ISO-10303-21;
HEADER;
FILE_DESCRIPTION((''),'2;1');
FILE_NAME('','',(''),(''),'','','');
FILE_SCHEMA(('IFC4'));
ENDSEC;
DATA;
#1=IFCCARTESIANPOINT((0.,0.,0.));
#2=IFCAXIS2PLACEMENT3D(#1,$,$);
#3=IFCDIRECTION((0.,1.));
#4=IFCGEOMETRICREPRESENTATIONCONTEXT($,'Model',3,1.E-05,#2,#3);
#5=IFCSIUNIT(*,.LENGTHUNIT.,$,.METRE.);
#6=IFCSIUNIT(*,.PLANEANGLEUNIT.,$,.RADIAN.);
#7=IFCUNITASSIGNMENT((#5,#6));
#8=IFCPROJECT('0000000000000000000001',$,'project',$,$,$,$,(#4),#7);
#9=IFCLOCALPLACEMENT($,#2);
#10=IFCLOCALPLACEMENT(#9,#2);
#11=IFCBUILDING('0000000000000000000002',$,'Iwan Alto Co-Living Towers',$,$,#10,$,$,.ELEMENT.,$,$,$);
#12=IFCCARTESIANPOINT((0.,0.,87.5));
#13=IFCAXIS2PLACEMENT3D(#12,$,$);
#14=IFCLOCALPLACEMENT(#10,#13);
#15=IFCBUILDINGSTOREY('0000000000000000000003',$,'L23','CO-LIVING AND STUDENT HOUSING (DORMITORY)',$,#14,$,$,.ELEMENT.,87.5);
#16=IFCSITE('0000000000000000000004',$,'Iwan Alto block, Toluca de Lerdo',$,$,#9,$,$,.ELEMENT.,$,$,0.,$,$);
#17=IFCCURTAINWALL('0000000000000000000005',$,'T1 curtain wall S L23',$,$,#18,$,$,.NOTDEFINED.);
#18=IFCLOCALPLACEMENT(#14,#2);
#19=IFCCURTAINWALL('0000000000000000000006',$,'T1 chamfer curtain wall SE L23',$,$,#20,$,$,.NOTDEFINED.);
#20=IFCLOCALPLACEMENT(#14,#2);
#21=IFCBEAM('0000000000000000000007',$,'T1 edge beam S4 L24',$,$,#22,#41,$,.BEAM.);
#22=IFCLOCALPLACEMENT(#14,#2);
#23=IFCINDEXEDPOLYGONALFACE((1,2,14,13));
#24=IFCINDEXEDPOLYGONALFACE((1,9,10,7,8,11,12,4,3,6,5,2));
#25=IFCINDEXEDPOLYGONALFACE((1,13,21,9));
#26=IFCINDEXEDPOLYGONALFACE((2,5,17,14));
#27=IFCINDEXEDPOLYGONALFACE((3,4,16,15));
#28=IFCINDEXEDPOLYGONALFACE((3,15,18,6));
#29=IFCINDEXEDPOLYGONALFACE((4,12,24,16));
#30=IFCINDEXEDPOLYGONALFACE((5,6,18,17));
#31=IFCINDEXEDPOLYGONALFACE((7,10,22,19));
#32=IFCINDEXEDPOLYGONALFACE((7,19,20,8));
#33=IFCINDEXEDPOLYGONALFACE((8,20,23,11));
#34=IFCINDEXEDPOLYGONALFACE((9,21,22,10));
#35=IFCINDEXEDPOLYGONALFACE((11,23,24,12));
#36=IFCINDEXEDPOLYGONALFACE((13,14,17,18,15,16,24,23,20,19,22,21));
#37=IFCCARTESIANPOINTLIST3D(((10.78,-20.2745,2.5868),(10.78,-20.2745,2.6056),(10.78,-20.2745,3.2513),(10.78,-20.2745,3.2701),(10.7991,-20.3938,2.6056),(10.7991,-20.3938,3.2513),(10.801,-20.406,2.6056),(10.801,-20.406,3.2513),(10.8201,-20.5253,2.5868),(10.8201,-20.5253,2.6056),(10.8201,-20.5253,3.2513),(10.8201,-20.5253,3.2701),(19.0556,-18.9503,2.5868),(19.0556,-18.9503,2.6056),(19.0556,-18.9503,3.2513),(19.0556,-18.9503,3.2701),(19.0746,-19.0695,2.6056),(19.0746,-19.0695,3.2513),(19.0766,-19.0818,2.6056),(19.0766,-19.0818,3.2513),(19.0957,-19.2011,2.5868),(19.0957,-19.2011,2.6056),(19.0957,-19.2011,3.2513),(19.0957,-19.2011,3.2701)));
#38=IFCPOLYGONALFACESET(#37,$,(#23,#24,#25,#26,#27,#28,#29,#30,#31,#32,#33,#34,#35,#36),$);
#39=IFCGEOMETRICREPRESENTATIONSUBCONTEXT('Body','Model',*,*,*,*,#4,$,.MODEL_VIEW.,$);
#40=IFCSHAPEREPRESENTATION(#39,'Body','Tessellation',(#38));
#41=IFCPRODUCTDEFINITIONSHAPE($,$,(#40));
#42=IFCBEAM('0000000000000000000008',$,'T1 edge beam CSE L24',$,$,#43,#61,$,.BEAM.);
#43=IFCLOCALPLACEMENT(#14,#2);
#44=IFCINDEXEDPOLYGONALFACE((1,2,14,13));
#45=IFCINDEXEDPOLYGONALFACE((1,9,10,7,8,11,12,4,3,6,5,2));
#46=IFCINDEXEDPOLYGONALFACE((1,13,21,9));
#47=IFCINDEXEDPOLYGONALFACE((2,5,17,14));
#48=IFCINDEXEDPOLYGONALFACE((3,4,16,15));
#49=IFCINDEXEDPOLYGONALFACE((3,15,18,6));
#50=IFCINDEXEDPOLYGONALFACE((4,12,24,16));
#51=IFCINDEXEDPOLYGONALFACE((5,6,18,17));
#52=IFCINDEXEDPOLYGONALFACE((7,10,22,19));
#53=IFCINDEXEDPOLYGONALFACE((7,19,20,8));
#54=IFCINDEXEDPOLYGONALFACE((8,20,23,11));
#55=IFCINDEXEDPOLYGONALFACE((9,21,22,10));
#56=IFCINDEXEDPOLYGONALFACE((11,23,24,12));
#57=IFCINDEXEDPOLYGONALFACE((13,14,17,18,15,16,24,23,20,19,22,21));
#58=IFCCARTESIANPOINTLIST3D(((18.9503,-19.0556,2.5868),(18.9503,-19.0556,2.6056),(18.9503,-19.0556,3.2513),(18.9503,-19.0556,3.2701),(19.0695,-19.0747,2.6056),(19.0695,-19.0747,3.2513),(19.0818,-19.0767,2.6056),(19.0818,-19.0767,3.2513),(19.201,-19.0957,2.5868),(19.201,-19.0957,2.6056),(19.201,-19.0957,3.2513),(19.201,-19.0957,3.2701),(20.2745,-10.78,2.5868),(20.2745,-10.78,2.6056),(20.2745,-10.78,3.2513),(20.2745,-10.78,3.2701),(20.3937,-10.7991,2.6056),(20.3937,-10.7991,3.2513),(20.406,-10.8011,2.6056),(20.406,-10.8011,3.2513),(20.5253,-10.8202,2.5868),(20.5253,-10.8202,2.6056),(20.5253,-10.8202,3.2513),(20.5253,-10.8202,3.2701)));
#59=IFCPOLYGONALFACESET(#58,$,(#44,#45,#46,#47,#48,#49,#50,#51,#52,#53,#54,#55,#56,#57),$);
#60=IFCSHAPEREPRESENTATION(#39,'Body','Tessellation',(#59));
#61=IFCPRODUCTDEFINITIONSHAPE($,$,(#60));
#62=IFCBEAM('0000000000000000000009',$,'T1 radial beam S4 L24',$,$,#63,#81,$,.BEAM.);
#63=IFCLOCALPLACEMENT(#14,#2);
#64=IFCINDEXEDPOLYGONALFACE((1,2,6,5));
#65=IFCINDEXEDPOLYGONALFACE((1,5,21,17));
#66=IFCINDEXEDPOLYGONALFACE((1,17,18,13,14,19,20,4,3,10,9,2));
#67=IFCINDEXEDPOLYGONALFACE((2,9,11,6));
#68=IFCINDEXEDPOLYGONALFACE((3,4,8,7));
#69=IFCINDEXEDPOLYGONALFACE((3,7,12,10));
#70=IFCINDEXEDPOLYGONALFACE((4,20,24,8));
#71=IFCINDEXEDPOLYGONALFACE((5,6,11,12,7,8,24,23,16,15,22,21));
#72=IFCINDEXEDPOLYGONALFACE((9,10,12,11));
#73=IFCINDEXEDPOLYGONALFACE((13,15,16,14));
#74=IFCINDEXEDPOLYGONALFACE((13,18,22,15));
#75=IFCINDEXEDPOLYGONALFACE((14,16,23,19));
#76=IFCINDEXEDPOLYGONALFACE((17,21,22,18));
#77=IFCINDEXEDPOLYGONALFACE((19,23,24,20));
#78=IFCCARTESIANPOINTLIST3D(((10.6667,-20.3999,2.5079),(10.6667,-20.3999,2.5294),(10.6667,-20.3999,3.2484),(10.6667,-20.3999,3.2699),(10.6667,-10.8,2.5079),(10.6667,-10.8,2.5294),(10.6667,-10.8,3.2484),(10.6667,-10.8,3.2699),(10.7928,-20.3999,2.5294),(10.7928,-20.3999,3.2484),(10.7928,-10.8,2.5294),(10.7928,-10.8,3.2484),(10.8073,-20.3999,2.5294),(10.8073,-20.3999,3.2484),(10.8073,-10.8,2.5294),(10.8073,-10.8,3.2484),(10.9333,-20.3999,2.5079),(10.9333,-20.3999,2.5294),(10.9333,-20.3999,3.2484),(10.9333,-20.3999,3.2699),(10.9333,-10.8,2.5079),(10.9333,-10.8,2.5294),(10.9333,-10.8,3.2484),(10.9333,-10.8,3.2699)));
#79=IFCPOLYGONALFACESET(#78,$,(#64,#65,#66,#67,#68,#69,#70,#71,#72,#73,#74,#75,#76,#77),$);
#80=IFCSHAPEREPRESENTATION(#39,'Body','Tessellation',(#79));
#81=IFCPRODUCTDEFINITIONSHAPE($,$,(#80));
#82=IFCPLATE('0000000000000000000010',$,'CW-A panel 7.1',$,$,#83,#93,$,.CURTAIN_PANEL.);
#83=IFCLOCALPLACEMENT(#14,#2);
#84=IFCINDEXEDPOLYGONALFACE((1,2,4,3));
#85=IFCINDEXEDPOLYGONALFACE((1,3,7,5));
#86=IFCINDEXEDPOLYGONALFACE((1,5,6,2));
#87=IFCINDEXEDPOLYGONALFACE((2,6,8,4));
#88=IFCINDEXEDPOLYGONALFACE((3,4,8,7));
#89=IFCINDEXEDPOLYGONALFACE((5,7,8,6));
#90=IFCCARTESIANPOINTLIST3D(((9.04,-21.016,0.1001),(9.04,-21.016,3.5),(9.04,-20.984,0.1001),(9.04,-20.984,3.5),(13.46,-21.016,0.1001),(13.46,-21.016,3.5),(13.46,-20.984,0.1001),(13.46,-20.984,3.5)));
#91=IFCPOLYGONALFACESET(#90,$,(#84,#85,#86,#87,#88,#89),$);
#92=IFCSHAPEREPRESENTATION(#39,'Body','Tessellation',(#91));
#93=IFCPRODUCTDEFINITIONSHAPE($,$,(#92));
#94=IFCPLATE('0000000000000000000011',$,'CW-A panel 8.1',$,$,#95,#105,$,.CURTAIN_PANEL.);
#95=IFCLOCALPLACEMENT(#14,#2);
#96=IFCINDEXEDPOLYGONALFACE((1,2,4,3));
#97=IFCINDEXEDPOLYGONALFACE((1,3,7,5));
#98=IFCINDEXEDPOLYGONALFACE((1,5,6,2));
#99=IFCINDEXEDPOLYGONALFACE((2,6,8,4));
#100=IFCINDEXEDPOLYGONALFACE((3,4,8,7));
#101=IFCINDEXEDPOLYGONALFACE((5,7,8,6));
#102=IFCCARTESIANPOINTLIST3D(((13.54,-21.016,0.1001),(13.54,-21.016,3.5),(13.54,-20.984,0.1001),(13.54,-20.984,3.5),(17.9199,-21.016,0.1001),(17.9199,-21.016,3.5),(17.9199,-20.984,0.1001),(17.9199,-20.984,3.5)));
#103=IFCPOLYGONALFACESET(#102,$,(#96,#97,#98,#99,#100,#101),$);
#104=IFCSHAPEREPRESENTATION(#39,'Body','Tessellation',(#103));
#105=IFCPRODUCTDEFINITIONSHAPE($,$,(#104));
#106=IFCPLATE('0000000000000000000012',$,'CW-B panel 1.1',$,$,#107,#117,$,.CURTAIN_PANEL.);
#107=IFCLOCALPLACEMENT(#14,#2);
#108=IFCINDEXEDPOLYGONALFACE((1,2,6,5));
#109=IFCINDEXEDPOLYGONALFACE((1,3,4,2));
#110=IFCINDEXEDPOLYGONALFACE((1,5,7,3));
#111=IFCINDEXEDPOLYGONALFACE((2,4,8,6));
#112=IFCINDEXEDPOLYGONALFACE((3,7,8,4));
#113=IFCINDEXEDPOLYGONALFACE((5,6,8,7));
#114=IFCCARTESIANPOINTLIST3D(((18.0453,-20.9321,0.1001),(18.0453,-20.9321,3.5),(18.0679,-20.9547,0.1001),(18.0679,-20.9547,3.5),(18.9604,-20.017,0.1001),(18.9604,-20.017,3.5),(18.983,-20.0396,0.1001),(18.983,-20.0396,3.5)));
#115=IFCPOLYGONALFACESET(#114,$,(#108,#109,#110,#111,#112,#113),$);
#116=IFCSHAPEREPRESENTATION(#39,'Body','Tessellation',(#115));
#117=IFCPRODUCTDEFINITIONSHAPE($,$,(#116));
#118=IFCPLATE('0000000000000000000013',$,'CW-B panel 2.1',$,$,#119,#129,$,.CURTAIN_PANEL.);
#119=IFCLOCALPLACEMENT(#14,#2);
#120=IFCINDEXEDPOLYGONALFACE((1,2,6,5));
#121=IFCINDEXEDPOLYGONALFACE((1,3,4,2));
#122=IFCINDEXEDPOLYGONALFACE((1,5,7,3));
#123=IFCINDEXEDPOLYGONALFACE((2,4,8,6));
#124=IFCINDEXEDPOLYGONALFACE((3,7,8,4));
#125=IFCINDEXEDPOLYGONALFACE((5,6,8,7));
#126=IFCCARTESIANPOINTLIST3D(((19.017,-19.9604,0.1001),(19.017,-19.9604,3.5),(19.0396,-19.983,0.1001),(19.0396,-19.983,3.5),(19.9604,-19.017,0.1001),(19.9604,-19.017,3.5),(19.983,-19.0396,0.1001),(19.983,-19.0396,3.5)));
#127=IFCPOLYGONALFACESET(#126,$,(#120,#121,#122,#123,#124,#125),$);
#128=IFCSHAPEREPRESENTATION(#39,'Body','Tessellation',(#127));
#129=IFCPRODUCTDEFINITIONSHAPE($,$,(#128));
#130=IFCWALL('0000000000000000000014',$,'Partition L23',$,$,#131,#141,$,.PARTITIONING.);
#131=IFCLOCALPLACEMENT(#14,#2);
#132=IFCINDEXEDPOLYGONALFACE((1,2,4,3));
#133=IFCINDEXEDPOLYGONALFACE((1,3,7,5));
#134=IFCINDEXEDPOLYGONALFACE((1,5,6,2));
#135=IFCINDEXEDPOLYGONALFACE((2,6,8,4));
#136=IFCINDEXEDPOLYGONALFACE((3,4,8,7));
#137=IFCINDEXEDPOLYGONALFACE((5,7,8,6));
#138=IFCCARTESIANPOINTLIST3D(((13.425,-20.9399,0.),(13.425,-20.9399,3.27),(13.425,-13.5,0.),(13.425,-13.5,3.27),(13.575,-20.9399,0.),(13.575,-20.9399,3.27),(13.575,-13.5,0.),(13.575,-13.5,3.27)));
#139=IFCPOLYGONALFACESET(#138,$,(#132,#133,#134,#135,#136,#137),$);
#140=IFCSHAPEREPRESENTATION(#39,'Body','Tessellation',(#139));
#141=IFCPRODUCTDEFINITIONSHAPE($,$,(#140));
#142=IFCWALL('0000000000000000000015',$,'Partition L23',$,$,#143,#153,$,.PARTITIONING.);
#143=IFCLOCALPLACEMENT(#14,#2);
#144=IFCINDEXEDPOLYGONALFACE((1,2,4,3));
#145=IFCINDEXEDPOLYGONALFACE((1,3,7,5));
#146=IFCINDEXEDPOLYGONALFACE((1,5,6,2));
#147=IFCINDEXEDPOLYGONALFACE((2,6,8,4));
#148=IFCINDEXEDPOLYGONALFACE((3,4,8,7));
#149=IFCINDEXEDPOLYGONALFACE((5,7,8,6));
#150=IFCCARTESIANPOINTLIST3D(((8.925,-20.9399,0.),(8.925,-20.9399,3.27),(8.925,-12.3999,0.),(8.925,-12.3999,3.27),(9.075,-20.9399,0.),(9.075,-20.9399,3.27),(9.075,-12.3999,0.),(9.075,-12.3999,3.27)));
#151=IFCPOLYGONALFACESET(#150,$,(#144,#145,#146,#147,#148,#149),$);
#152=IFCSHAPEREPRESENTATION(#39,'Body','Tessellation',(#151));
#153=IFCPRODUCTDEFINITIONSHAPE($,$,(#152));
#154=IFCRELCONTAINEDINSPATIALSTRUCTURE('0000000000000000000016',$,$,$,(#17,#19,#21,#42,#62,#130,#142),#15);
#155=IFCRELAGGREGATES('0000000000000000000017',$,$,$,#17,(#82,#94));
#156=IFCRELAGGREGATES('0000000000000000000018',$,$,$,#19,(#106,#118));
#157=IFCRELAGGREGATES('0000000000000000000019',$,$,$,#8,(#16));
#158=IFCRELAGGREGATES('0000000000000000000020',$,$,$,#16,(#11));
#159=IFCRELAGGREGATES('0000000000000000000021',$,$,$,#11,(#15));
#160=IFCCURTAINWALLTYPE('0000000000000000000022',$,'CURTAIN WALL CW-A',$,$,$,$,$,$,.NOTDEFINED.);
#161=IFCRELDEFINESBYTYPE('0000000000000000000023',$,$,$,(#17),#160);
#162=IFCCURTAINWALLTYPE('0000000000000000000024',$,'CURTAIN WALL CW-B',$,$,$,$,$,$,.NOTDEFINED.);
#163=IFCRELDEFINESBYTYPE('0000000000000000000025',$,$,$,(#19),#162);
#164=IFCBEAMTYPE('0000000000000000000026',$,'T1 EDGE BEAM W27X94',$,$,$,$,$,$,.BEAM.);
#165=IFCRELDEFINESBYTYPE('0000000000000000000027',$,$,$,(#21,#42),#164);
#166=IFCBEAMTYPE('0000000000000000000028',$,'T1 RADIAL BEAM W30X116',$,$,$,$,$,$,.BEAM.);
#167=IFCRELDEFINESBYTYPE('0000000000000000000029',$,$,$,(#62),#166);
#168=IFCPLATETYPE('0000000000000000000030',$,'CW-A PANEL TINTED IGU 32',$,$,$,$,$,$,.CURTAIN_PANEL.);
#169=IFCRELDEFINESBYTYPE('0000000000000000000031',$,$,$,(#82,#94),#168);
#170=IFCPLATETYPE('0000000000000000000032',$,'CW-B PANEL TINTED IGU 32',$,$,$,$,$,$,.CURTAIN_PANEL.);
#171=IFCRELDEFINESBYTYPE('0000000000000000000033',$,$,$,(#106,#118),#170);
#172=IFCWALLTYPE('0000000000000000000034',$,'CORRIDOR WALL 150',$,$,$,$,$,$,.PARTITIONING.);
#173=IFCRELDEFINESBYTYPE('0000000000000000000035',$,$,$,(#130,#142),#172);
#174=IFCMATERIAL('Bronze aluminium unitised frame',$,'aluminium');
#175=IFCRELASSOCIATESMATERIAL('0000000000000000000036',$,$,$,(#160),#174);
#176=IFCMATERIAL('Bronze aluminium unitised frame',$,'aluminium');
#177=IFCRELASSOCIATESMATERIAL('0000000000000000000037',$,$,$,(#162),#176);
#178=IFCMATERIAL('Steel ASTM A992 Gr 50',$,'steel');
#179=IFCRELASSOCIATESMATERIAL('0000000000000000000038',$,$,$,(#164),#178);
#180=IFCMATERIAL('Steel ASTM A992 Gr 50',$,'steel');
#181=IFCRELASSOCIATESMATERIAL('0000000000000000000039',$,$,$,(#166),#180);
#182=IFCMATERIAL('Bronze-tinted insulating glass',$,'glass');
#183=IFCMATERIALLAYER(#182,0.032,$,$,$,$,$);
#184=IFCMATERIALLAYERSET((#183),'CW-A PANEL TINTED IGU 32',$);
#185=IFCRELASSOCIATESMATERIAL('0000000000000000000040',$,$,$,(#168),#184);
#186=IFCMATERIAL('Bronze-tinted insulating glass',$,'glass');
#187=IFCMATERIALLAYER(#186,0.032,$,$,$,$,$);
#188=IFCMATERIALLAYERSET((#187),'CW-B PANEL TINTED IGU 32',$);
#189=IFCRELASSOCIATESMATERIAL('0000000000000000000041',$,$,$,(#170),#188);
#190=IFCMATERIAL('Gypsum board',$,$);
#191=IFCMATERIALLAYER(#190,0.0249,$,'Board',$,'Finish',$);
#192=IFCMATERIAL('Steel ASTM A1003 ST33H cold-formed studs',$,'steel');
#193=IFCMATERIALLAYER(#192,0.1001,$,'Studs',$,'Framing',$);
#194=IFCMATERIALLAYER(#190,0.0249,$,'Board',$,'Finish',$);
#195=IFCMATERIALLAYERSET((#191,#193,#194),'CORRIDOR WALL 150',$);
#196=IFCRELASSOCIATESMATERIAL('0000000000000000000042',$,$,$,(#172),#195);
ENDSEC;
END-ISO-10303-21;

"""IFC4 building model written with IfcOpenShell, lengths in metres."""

from ifc_helpers import new_model, si_unit, direction, frame, frame_2d, origin, origin_2d, place, context, subcontext, project, spatial, rectangle, i_section, extrude, material, layer, layer_set, material_profile, profile_set, type_object, element, aggregate, save


model = new_model("IFC4")

# Units and contexts
model_context = context("Model", 3, precision=1e-05, world=origin(), true_north=direction((0.0, 1.0)))
body_context = subcontext(model_context, "Body", "Model", "MODEL_VIEW")
ifc_project = project(units=[si_unit("LENGTHUNIT", "METRE"), si_unit("PLANEANGLEUNIT", "RADIAN")], contexts=[model_context])

# Site, building, storey
site_placement = place(None, origin())
site = spatial("IfcSite", under=ifc_project, at=site_placement, Name="Iwan Alto block, Toluca de Lerdo", CompositionType="ELEMENT", RefElevation=0.0)
building_placement = place(site_placement, origin())
building = spatial("IfcBuilding", under=site, at=building_placement, Name="Iwan Alto Co-Living Towers", CompositionType="ELEMENT")
storey_placement = place(building_placement, frame((0.0, 0.0, 87.5)))
storey = spatial("IfcBuildingStorey", under=building, at=storey_placement, Name="L23", Description="CO-LIVING AND STUDENT HOUSING (DORMITORY)", CompositionType="ELEMENT", Elevation=87.5)

# Curtain walls
ifc_material_1 = material(Name="Bronze aluminium unitised frame", Category="aluminium")
curtain_wall_type_1 = type_object("IfcCurtainWallType", Name="CURTAIN WALL CW-A", PredefinedType="NOTDEFINED", material=ifc_material_1)
curtain_wall_1_placement = place(storey_placement, origin())
curtain_wall_1 = element("IfcCurtainWall", 1, at=curtain_wall_1_placement, inside=storey, type_object=curtain_wall_type_1, Name="T1 curtain wall S L23", PredefinedType="NOTDEFINED")
ifc_material_2 = material(Name="Bronze aluminium unitised frame", Category="aluminium")
curtain_wall_type_2 = type_object("IfcCurtainWallType", Name="CURTAIN WALL CW-B", PredefinedType="NOTDEFINED", material=ifc_material_2)
curtain_wall_2_placement = place(storey_placement, origin())
curtain_wall_2 = element("IfcCurtainWall", 2, at=curtain_wall_2_placement, inside=storey, type_object=curtain_wall_type_2, Name="T1 chamfer curtain wall SE L23", PredefinedType="NOTDEFINED")

# Beams
ifc_material_3 = material(Name="Steel ASTM A992 Gr 50", Category="steel")
ifc_material_profile_1 = material_profile(ifc_material_3, i_section(OverallWidth=0.2539, OverallDepth=0.6833, WebThickness=0.0125, FlangeThickness=0.0188, at=origin_2d()), Name="W27X94")
ifc_profile_set_1 = profile_set([ifc_material_profile_1], Name="Steel ASTM A992 Gr 50")
beam_type_1 = type_object("IfcBeamType", Name="T1 EDGE BEAM W27X94", PredefinedType="BEAM", material=ifc_profile_set_1)
for number, where, z_axis, x_axis, name in (
    (3, (10.8, -20.3999, 2.9285), (0.987438, 0.158004, 0.0), (-0.158004, 0.987438, 0.0), "T1 edge beam S4 L24"),
    (4, (19.0757, -19.0757, 2.9285), (0.158004, 0.987438, 0.0), (-0.987438, 0.158004, 0.0), "T1 edge beam CSE L24"),
):
    element("IfcBeam", number, at=place(storey_placement, frame(where, z_axis=z_axis, x_axis=x_axis)), inside=storey, type_object=beam_type_1, Name=name, PredefinedType="BEAM", context=body_context, shape_type="SweptSolid", body=[
        extrude(i_section(OverallWidth=0.2539, OverallDepth=0.6833, WebThickness=0.0125, FlangeThickness=0.0188, at=origin_2d()), origin(), (0.0, 0.0, 1.0), 8.3809),
    ])
ifc_material_4 = material(Name="Steel ASTM A992 Gr 50", Category="steel")
ifc_material_profile_2 = material_profile(ifc_material_4, i_section(OverallWidth=0.2666, OverallDepth=0.762, WebThickness=0.0144, FlangeThickness=0.0215, at=origin_2d()), Name="W30X116")
ifc_profile_set_2 = profile_set([ifc_material_profile_2], Name="Steel ASTM A992 Gr 50")
beam_type_2 = type_object("IfcBeamType", Name="T1 RADIAL BEAM W30X116", PredefinedType="BEAM", material=ifc_profile_set_2)
beam_1_placement = place(storey_placement, frame((10.8, -20.3999, 2.8889), z_axis=(0.0, 1.0, 0.0), x_axis=(-1.0, 0.0, 0.0)))
element("IfcBeam", 5, at=beam_1_placement, inside=storey, type_object=beam_type_2, Name="T1 radial beam S4 L24", PredefinedType="BEAM", context=body_context, shape_type="SweptSolid", body=[
    extrude(i_section(OverallWidth=0.2666, OverallDepth=0.762, WebThickness=0.0144, FlangeThickness=0.0215, at=origin_2d()), origin(), (0.0, 0.0, 1.0), 9.5999),
])

# Plates
ifc_material_5 = material(Name="Bronze-tinted insulating glass", Category="glass")
ifc_layer_1 = layer(ifc_material_5, 0.032)
ifc_layer_set_1 = layer_set([ifc_layer_1], Name="CW-A PANEL TINTED IGU 32")
plate_type_1 = type_object("IfcPlateType", Name="CW-A PANEL TINTED IGU 32", PredefinedType="CURTAIN_PANEL", material=ifc_layer_set_1)
plate_1_placement = place(storey_placement, frame((11.25, -21.0, 0.1001), z_axis=(0.0, 0.0, 1.0), x_axis=(1.0, 0.0, 0.0)))
plate_1 = element("IfcPlate", 6, at=plate_1_placement, type_object=plate_type_1, Name="CW-A panel 7.1", PredefinedType="CURTAIN_PANEL", context=body_context, shape_type="SweptSolid", body=[
    extrude(rectangle(XDim=4.4199, YDim=0.032, at=origin_2d()), origin(), (0.0, 0.0, 1.0), 3.3999),
])
plate_2_placement = place(storey_placement, frame((15.73, -21.0, 0.1001), z_axis=(0.0, 0.0, 1.0), x_axis=(1.0, 0.0, 0.0)))
plate_2 = element("IfcPlate", 7, at=plate_2_placement, type_object=plate_type_1, Name="CW-A panel 8.1", PredefinedType="CURTAIN_PANEL", context=body_context, shape_type="SweptSolid", body=[
    extrude(rectangle(XDim=4.3799, YDim=0.032, at=origin_2d()), origin(), (0.0, 0.0, 1.0), 3.3999),
])
aggregate(curtain_wall_1, [plate_1, plate_2])
ifc_material_6 = material(Name="Bronze-tinted insulating glass", Category="glass")
ifc_layer_2 = layer(ifc_material_6, 0.032)
ifc_layer_set_2 = layer_set([ifc_layer_2], Name="CW-B PANEL TINTED IGU 32")
plate_type_2 = type_object("IfcPlateType", Name="CW-B PANEL TINTED IGU 32", PredefinedType="CURTAIN_PANEL", material=ifc_layer_set_2)
plate_3_placement = place(storey_placement, frame((18.5142, -20.4858, 0.1001), z_axis=(0.0, 0.0, 1.0), x_axis=(0.707107, 0.707107, 0.0)))
plate_3 = element("IfcPlate", 8, at=plate_3_placement, type_object=plate_type_2, Name="CW-B panel 1.1", PredefinedType="CURTAIN_PANEL", context=body_context, shape_type="SweptSolid", body=[
    extrude(rectangle(XDim=1.2942, YDim=0.032, at=origin_2d()), origin(), (0.0, 0.0, 1.0), 3.3999),
])
plate_4_placement = place(storey_placement, frame((19.5, -19.5, 0.1001), z_axis=(0.0, 0.0, 1.0), x_axis=(0.707107, 0.707107, 0.0)))
plate_4 = element("IfcPlate", 9, at=plate_4_placement, type_object=plate_type_2, Name="CW-B panel 2.1", PredefinedType="CURTAIN_PANEL", context=body_context, shape_type="SweptSolid", body=[
    extrude(rectangle(XDim=1.3342, YDim=0.032, at=origin_2d()), origin(), (0.0, 0.0, 1.0), 3.3999),
])
aggregate(curtain_wall_2, [plate_3, plate_4])

# Walls
ifc_material_7 = material(Name="Gypsum board")
ifc_layer_3 = layer(ifc_material_7, 0.0249, Name="Board", Category="Finish")
ifc_material_8 = material(Name="Steel ASTM A1003 ST33H cold-formed studs", Category="steel")
ifc_layer_4 = layer(ifc_material_8, 0.1001, Name="Studs", Category="Framing")
ifc_layer_5 = layer(ifc_material_7, 0.0249, Name="Board", Category="Finish")
ifc_layer_set_3 = layer_set([ifc_layer_3, ifc_layer_4, ifc_layer_5], Name="CORRIDOR WALL 150")
wall_type = type_object("IfcWallType", Name="CORRIDOR WALL 150", PredefinedType="PARTITIONING", material=ifc_layer_set_3)
wall_1_placement = place(storey_placement, frame((13.5, -20.9399, 0.0), z_axis=(0.0, 0.0, 1.0), x_axis=(0.0, 1.0, 0.0)))
element("IfcWall", 10, at=wall_1_placement, inside=storey, type_object=wall_type, Name="Partition L23", PredefinedType="PARTITIONING", context=body_context, shape_type="SweptSolid", body=[
    extrude(rectangle(XDim=7.4399, YDim=0.1499, at=frame_2d((3.72, 0.0))), origin(), (0.0, 0.0, 1.0), 3.27),
])
wall_2_placement = place(storey_placement, frame((9.0, -20.9399, 0.0), z_axis=(0.0, 0.0, 1.0), x_axis=(0.0, 1.0, 0.0)))
element("IfcWall", 11, at=wall_2_placement, inside=storey, type_object=wall_type, Name="Partition L23", PredefinedType="PARTITIONING", context=body_context, shape_type="SweptSolid", body=[
    extrude(rectangle(XDim=8.54, YDim=0.1499, at=frame_2d((4.27, 0.0))), origin(), (0.0, 0.0, 1.0), 3.27),
])

save(model, "model.ifc")
